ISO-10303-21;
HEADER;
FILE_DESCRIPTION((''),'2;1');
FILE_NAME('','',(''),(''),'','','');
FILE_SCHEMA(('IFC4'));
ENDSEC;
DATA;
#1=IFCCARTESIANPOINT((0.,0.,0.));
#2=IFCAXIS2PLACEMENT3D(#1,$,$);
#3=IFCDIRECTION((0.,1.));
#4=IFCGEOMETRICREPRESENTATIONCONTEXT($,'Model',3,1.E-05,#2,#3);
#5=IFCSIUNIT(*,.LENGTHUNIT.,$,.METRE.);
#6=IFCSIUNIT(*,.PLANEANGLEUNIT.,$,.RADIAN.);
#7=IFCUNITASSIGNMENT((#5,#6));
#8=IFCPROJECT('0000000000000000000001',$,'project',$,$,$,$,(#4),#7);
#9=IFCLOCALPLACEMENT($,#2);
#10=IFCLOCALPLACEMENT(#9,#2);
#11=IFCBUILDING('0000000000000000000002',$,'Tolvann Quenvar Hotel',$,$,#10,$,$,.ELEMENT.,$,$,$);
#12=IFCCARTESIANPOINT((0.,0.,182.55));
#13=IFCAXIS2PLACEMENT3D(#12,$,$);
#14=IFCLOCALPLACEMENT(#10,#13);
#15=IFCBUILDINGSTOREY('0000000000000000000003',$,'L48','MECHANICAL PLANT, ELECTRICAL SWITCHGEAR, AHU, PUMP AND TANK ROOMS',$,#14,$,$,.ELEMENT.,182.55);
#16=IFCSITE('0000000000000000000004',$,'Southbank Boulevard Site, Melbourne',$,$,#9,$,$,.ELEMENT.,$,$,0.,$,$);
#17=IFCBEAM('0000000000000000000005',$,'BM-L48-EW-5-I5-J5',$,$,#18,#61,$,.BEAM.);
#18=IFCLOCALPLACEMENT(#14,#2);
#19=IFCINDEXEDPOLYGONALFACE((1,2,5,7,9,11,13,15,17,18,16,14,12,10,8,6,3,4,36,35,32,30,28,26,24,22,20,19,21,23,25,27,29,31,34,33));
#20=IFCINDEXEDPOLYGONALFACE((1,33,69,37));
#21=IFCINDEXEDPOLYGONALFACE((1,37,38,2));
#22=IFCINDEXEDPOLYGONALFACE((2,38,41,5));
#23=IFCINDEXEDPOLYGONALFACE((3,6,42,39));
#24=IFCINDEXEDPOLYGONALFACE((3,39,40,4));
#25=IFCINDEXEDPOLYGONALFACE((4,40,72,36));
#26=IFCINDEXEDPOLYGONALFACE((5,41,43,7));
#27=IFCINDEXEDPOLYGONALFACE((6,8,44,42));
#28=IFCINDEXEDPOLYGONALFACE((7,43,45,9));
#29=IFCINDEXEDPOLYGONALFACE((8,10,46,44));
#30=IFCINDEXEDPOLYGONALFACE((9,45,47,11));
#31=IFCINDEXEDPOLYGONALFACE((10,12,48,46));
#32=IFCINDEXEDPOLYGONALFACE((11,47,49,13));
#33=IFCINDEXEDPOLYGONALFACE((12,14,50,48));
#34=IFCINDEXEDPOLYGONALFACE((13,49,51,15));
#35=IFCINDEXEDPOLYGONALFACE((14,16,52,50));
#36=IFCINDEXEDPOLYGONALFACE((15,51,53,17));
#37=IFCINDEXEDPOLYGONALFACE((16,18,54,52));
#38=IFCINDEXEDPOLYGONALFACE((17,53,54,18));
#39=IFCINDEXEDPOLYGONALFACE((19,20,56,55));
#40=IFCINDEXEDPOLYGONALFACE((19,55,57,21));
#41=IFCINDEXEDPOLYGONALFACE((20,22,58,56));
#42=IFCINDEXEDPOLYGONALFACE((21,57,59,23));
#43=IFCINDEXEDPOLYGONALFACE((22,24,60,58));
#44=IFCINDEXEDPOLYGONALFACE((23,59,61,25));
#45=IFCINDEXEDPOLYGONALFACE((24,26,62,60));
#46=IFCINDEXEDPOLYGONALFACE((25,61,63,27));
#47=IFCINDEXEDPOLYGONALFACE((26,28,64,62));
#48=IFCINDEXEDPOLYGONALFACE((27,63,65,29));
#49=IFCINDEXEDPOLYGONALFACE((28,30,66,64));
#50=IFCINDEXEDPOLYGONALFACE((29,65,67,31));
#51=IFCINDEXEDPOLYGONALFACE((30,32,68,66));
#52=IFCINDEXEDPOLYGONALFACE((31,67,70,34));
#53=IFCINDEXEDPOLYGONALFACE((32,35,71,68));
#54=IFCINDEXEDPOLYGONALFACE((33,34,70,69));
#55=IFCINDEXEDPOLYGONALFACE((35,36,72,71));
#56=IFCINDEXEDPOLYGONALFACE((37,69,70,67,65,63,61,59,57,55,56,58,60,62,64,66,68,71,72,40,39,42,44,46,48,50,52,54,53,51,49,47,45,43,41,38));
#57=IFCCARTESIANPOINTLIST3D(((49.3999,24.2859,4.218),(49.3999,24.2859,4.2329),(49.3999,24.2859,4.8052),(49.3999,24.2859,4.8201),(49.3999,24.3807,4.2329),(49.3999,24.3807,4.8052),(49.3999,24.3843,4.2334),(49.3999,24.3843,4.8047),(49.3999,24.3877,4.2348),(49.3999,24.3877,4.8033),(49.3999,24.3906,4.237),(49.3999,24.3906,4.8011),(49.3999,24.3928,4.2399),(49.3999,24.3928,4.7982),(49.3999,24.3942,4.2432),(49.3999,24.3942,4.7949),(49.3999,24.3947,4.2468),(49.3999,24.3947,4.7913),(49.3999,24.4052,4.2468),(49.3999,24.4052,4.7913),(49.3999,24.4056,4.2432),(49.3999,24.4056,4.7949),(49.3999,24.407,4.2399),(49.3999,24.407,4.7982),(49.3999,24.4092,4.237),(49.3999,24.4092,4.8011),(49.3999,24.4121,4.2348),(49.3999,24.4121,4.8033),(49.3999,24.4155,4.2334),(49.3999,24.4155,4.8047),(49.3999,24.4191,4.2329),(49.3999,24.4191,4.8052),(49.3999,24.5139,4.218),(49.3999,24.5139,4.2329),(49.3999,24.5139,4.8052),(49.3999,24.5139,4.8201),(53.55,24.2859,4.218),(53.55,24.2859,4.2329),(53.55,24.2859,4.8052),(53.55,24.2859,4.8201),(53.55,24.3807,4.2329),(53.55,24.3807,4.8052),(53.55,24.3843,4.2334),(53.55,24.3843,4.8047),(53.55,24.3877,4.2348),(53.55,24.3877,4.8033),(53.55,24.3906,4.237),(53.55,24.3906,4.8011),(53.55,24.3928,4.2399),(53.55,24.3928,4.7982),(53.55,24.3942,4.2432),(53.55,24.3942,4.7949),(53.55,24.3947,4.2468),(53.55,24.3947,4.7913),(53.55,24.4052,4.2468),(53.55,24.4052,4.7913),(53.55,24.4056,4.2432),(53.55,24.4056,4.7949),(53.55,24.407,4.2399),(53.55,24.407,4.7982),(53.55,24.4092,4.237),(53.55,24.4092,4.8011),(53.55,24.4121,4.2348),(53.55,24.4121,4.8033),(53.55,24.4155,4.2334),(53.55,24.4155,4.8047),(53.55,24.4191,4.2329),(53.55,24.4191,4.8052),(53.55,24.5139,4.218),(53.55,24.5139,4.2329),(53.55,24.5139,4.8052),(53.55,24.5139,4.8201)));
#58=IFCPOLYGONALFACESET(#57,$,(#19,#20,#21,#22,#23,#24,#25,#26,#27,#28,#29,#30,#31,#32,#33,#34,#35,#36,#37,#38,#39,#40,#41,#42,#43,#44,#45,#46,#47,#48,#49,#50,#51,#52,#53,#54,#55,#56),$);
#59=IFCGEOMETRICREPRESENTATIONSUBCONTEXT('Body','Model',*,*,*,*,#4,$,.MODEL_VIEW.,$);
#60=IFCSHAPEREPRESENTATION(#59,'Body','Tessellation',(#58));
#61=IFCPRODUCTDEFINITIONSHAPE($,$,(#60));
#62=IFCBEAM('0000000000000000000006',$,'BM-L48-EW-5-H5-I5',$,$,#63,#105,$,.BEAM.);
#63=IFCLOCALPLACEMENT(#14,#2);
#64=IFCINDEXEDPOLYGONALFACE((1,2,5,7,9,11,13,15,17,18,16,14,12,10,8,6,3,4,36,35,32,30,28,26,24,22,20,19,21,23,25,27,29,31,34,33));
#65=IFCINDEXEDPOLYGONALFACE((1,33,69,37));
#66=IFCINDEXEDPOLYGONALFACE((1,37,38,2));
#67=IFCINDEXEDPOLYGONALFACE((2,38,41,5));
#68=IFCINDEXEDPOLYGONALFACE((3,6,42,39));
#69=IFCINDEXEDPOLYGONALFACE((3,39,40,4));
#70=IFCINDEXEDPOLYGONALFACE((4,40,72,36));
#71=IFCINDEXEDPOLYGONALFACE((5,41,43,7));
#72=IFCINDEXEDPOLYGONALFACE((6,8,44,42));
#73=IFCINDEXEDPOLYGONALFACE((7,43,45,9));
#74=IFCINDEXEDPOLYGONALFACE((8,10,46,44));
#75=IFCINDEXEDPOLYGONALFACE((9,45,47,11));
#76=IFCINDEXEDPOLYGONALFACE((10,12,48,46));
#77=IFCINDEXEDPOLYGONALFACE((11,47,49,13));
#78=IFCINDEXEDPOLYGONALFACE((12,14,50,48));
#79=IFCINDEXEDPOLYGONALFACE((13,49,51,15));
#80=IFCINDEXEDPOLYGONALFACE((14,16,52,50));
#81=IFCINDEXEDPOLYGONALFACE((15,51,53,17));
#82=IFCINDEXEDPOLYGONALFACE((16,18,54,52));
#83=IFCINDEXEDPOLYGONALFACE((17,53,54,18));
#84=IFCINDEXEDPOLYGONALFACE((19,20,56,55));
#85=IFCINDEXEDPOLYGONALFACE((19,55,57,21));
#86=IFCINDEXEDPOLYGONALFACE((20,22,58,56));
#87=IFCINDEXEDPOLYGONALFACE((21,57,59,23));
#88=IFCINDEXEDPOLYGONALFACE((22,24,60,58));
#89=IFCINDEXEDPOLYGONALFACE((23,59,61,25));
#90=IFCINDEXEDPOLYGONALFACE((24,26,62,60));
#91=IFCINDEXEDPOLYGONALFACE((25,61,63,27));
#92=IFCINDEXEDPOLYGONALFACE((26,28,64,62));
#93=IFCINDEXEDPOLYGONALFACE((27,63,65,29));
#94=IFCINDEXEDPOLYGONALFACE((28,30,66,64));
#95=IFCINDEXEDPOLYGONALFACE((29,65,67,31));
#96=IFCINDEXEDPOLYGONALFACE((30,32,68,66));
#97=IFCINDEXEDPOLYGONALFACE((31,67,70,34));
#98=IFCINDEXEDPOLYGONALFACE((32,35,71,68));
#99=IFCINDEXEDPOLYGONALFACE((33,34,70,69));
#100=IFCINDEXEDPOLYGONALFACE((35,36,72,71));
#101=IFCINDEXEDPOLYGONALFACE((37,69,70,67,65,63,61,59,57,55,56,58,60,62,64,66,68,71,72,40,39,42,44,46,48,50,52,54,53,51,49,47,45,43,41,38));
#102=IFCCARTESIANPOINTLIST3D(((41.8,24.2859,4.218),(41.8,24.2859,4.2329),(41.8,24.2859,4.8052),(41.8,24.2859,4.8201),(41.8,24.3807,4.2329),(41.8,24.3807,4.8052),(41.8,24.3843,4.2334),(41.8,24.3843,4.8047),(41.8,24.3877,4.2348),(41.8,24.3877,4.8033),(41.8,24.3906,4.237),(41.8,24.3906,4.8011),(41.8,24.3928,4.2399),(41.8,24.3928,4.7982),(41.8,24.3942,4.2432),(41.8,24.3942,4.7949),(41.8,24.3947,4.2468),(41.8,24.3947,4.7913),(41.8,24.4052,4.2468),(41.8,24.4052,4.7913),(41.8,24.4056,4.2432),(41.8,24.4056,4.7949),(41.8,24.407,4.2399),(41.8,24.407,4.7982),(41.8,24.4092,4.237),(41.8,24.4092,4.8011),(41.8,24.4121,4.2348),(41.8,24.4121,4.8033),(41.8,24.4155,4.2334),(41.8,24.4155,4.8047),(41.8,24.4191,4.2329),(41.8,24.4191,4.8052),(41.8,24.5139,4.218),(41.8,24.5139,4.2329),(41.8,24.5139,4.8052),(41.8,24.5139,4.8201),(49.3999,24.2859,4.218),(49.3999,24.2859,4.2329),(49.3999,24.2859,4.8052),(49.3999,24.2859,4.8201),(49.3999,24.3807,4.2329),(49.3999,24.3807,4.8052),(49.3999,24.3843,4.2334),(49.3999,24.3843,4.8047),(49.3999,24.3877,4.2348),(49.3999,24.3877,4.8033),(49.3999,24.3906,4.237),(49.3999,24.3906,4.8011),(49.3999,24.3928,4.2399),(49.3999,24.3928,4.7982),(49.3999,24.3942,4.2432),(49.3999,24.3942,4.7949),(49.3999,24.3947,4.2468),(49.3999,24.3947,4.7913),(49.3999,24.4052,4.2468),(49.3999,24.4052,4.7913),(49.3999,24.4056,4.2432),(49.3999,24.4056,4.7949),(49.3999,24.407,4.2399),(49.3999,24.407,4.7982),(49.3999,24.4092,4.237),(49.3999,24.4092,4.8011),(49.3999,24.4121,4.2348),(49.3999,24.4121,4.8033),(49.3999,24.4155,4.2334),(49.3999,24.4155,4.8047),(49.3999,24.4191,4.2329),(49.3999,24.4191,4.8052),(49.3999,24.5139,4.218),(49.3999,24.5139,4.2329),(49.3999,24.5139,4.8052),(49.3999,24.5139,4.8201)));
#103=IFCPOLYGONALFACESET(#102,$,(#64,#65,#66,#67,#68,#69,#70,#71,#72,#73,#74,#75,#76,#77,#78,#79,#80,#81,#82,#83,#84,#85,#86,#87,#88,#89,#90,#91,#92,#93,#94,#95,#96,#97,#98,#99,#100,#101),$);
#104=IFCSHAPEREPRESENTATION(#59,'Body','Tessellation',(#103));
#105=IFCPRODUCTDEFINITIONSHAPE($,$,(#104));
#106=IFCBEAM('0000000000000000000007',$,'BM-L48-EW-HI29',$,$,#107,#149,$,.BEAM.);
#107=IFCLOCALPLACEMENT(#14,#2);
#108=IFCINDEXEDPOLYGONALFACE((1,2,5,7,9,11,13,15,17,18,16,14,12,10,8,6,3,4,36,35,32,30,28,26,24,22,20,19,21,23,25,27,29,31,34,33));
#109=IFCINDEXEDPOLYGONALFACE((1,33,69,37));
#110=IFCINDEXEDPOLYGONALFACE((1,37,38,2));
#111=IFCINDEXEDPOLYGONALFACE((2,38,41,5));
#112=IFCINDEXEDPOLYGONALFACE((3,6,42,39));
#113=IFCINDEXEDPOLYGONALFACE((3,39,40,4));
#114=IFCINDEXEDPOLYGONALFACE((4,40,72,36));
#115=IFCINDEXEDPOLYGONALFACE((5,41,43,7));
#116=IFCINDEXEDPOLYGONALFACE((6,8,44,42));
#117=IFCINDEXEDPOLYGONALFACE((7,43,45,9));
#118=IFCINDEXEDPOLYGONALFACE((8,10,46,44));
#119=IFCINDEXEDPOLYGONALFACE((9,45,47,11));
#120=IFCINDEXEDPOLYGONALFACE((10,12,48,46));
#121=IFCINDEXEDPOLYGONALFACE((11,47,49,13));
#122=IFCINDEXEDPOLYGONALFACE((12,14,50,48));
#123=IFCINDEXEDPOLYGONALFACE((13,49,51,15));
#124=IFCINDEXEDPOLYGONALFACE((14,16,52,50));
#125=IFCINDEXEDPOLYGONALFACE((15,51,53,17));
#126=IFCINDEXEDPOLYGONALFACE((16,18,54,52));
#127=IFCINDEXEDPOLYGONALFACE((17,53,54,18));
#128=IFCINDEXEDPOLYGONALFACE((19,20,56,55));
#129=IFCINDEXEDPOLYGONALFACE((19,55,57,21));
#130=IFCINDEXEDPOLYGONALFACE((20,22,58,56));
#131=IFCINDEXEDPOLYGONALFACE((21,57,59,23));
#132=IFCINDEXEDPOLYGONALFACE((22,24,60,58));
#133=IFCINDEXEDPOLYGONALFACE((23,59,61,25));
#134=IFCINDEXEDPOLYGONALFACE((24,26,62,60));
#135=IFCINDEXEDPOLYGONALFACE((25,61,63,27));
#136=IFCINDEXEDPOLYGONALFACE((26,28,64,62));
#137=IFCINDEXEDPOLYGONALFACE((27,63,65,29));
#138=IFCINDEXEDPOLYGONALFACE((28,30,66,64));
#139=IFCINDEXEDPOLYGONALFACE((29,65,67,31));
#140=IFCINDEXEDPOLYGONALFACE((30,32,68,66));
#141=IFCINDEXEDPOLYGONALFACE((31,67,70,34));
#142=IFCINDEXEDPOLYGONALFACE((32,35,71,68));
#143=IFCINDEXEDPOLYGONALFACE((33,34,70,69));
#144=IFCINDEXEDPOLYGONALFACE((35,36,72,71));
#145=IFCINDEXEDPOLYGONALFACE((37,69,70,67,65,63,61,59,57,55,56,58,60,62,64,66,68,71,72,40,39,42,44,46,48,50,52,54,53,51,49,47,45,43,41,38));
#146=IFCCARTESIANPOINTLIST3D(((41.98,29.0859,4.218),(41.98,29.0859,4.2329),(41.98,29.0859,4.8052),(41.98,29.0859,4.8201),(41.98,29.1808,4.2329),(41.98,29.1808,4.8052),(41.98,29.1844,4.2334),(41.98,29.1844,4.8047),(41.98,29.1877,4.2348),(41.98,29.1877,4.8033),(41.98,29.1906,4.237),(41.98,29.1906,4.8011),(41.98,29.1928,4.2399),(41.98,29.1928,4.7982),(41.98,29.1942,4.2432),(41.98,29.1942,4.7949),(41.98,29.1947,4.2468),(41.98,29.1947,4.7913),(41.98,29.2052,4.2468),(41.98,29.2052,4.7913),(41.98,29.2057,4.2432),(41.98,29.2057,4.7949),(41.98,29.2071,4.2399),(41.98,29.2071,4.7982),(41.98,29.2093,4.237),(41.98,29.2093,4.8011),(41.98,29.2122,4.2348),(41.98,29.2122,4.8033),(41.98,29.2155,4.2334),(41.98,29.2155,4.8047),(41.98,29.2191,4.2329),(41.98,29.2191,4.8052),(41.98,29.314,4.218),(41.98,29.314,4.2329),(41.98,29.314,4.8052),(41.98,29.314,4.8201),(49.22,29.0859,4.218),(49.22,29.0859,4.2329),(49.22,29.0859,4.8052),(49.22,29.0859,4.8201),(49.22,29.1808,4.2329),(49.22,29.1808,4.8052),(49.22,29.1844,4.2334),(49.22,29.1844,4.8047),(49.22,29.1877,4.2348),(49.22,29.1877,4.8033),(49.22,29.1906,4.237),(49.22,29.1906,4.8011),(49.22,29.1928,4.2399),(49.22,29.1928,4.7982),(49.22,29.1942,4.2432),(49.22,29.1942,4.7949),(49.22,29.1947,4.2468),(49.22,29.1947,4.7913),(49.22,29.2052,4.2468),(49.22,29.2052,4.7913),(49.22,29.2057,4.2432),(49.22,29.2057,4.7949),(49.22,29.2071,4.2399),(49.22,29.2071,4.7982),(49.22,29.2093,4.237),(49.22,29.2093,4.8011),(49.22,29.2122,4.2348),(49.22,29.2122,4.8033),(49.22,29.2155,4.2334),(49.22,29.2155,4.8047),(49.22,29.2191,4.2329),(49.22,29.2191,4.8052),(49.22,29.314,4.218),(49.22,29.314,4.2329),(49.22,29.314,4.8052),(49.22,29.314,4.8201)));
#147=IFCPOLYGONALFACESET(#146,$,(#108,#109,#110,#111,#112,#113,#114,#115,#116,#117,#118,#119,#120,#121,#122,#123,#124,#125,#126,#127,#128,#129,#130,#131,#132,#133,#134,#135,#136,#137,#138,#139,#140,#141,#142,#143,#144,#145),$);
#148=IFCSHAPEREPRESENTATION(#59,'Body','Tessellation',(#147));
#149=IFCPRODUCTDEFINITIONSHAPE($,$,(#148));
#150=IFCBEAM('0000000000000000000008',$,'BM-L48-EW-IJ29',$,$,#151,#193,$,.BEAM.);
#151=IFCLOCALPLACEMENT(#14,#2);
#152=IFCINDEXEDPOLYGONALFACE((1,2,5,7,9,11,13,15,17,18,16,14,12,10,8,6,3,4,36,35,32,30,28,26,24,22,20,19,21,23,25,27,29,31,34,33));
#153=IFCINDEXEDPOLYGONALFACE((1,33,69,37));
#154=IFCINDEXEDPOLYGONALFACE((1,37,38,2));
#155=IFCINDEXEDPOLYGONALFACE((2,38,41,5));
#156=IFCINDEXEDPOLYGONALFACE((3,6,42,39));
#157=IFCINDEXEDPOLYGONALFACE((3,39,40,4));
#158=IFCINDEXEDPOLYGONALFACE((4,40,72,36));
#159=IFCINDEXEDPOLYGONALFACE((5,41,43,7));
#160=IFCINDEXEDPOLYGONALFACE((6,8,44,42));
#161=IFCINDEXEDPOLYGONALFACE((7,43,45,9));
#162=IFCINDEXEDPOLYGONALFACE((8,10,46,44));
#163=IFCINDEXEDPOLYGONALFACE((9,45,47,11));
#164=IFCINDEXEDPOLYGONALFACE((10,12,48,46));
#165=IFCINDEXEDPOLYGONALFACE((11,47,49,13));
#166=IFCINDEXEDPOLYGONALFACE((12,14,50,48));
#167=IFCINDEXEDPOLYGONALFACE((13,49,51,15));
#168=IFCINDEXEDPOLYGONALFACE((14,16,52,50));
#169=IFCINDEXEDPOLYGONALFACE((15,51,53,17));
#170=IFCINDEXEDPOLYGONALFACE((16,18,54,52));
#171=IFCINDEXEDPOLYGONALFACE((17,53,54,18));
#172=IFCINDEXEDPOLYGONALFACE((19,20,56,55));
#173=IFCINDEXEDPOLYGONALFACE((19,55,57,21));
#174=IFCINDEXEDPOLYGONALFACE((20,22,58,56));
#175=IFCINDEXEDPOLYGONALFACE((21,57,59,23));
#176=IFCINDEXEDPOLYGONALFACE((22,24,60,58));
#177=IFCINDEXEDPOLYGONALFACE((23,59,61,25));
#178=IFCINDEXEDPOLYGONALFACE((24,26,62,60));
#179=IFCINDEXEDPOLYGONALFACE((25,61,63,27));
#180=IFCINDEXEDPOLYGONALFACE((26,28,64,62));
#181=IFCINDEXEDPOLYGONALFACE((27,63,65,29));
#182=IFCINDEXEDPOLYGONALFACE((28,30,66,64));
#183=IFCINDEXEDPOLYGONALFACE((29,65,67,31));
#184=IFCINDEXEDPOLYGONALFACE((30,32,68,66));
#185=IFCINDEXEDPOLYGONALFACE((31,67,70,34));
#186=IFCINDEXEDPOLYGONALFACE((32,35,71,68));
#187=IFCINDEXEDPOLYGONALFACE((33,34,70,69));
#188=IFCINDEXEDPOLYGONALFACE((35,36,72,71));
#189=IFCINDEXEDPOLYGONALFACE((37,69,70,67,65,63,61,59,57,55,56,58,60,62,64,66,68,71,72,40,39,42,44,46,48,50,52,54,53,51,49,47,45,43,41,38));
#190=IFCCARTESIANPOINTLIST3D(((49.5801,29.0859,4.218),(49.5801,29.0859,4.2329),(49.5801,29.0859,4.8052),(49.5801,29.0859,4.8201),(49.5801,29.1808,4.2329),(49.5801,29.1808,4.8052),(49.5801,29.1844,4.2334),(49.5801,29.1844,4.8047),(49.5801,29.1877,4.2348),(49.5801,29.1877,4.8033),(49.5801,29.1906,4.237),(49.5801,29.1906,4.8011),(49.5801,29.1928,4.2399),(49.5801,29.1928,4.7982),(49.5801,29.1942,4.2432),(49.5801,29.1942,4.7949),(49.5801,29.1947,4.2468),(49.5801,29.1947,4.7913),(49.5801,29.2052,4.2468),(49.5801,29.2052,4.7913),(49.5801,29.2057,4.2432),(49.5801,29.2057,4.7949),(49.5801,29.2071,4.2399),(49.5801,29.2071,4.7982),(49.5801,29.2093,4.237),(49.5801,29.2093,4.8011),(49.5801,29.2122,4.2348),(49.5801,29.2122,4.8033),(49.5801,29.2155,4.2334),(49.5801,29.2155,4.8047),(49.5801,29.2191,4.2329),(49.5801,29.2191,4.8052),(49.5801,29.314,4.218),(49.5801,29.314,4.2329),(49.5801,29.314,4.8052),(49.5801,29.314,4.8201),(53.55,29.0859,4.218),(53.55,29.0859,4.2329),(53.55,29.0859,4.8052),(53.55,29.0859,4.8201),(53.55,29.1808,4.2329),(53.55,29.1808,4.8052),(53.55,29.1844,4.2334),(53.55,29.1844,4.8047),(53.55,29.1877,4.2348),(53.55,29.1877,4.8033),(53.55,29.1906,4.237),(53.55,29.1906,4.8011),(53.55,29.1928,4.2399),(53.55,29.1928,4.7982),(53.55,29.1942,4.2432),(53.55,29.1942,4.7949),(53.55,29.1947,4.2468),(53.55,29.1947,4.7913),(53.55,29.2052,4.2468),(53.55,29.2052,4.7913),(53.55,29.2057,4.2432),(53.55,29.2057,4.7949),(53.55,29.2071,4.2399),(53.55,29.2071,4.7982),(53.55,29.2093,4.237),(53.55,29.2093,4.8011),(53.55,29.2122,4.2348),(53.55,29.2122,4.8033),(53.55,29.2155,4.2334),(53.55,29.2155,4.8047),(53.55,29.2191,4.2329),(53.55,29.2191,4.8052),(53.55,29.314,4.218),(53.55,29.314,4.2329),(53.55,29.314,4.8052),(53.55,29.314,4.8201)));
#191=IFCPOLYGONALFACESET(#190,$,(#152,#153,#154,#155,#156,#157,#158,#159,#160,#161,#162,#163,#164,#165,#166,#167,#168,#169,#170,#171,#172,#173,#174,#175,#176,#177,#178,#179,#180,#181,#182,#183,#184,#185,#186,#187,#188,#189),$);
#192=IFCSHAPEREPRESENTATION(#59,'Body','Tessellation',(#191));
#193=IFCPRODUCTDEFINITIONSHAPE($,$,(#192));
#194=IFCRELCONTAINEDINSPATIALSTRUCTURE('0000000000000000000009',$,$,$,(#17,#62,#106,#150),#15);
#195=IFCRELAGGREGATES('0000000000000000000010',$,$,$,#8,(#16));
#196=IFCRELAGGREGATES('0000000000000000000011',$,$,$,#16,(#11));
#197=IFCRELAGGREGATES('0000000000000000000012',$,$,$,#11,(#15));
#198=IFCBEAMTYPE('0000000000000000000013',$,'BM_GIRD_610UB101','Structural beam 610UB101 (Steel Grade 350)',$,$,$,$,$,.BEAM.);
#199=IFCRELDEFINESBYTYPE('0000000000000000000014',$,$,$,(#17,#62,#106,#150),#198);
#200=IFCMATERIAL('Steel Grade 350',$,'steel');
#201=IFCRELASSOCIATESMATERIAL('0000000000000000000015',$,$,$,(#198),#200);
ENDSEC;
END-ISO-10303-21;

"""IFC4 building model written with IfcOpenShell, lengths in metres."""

from ifc_helpers import new_model, si_unit, direction, frame, origin, origin_2d, place, context, subcontext, project, spatial, i_section, extrude, source, transform, mapped, material, material_profile, profile_set, type_object, type_shapes, element, save


model = new_model("IFC4")

# Units and contexts
model_context = context("Model", 3, precision=1e-05, world=origin(), true_north=direction((0.0, 1.0)))
body_context = subcontext(model_context, "Body", "Model", "MODEL_VIEW")
ifc_project = project(units=[si_unit("LENGTHUNIT", "METRE"), si_unit("PLANEANGLEUNIT", "RADIAN")], contexts=[model_context])

# Site, building, storey
site_placement = place(None, origin())
site = spatial("IfcSite", under=ifc_project, at=site_placement, Name="Southbank Boulevard Site, Melbourne", CompositionType="ELEMENT", RefElevation=0.0)
building_placement = place(site_placement, origin())
building = spatial("IfcBuilding", under=site, at=building_placement, Name="Tolvann Quenvar Hotel", CompositionType="ELEMENT")
storey_placement = place(building_placement, frame((0.0, 0.0, 182.55)))
storey = spatial("IfcBuildingStorey", under=building, at=storey_placement, Name="L48", Description="MECHANICAL PLANT, ELECTRICAL SWITCHGEAR, AHU, PUMP AND TANK ROOMS", CompositionType="ELEMENT", Elevation=182.55)

# Shared definitions
ifc_material_1 = material(Name="Steel Grade 350", Category="steel")

# Beams
ifc_material_profile_1 = material_profile(ifc_material_1, i_section(OverallWidth=0.228, OverallDepth=0.6021, WebThickness=0.0105, FlangeThickness=0.0149, FilletRadius=0.0139, at=origin_2d()), Name="610UB101")
ifc_profile_set_1 = profile_set([ifc_material_profile_1], Name="Steel Grade 350")
beam_type_1 = type_object("IfcBeamType", Name="BM_GIRD_610UB101", Description="Structural beam 610UB101 (Steel Grade 350)", PredefinedType="BEAM", material=ifc_profile_set_1)
shared_shape_1 = source(origin(), body_context, "Body", "SweptSolid", [
    extrude(i_section(OverallWidth=0.228, OverallDepth=0.6021, WebThickness=0.0105, FlangeThickness=0.0149, FilletRadius=0.0139, at=origin_2d()), origin(), (0.0, 0.0, 1.0), 4.1501),
])
beam_1_placement = place(storey_placement, frame((49.3999, 24.3999, 4.519), z_axis=(1.0, 0.0, 0.0), x_axis=(0.0, 1.0, 0.0)))
element("IfcBeam", 1, at=beam_1_placement, inside=storey, type_object=beam_type_1, Name="BM-L48-EW-5-I5-J5", PredefinedType="BEAM", context=body_context, shape_type="MappedRepresentation", body=[
    mapped(shared_shape_1, transform((0.0, 0.0, 0.0), x_axis=(1.0, 0.0, 0.0), y_axis=(0.0, 1.0, 0.0), z_axis=(0.0, 0.0, 1.0), scale=1.0)),
])
shared_shape_2 = source(origin(), body_context, "Body", "SweptSolid", [
    extrude(i_section(OverallWidth=0.228, OverallDepth=0.6021, WebThickness=0.0105, FlangeThickness=0.0149, FilletRadius=0.0139, at=origin_2d()), origin(), (0.0, 0.0, 1.0), 7.5999),
])
beam_2_placement = place(storey_placement, frame((41.8, 24.3999, 4.519), z_axis=(1.0, 0.0, 0.0), x_axis=(0.0, 1.0, 0.0)))
element("IfcBeam", 2, at=beam_2_placement, inside=storey, type_object=beam_type_1, Name="BM-L48-EW-5-H5-I5", PredefinedType="BEAM", context=body_context, shape_type="MappedRepresentation", body=[
    mapped(shared_shape_2, transform((0.0, 0.0, 0.0), x_axis=(1.0, 0.0, 0.0), y_axis=(0.0, 1.0, 0.0), z_axis=(0.0, 0.0, 1.0), scale=1.0)),
])
shared_shape_3 = source(origin(), body_context, "Body", "SweptSolid", [
    extrude(i_section(OverallWidth=0.228, OverallDepth=0.6021, WebThickness=0.0105, FlangeThickness=0.0149, FilletRadius=0.0139, at=origin_2d()), origin(), (0.0, 0.0, 1.0), 7.24),
])
beam_3_placement = place(storey_placement, frame((41.98, 29.2, 4.519), z_axis=(1.0, 0.0, 0.0), x_axis=(0.0, 1.0, 0.0)))
element("IfcBeam", 3, at=beam_3_placement, inside=storey, type_object=beam_type_1, Name="BM-L48-EW-HI29", PredefinedType="BEAM", context=body_context, shape_type="MappedRepresentation", body=[
    mapped(shared_shape_3, transform((0.0, 0.0, 0.0), x_axis=(1.0, 0.0, 0.0), y_axis=(0.0, 1.0, 0.0), z_axis=(0.0, 0.0, 1.0), scale=1.0)),
])
shared_shape_4 = source(origin(), body_context, "Body", "SweptSolid", [
    extrude(i_section(OverallWidth=0.228, OverallDepth=0.6021, WebThickness=0.0105, FlangeThickness=0.0149, FilletRadius=0.0139, at=origin_2d()), origin(), (0.0, 0.0, 1.0), 3.97),
])
type_shapes(beam_type_1, [shared_shape_1, shared_shape_2, shared_shape_3, shared_shape_4])
beam_4_placement = place(storey_placement, frame((49.5801, 29.2, 4.519), z_axis=(1.0, 0.0, 0.0), x_axis=(0.0, 1.0, 0.0)))
element("IfcBeam", 4, at=beam_4_placement, inside=storey, type_object=beam_type_1, Name="BM-L48-EW-IJ29", PredefinedType="BEAM", context=body_context, shape_type="MappedRepresentation", body=[
    mapped(shared_shape_4, transform((0.0, 0.0, 0.0), x_axis=(1.0, 0.0, 0.0), y_axis=(0.0, 1.0, 0.0), z_axis=(0.0, 0.0, 1.0), scale=1.0)),
])

save(model, "model.ifc")
